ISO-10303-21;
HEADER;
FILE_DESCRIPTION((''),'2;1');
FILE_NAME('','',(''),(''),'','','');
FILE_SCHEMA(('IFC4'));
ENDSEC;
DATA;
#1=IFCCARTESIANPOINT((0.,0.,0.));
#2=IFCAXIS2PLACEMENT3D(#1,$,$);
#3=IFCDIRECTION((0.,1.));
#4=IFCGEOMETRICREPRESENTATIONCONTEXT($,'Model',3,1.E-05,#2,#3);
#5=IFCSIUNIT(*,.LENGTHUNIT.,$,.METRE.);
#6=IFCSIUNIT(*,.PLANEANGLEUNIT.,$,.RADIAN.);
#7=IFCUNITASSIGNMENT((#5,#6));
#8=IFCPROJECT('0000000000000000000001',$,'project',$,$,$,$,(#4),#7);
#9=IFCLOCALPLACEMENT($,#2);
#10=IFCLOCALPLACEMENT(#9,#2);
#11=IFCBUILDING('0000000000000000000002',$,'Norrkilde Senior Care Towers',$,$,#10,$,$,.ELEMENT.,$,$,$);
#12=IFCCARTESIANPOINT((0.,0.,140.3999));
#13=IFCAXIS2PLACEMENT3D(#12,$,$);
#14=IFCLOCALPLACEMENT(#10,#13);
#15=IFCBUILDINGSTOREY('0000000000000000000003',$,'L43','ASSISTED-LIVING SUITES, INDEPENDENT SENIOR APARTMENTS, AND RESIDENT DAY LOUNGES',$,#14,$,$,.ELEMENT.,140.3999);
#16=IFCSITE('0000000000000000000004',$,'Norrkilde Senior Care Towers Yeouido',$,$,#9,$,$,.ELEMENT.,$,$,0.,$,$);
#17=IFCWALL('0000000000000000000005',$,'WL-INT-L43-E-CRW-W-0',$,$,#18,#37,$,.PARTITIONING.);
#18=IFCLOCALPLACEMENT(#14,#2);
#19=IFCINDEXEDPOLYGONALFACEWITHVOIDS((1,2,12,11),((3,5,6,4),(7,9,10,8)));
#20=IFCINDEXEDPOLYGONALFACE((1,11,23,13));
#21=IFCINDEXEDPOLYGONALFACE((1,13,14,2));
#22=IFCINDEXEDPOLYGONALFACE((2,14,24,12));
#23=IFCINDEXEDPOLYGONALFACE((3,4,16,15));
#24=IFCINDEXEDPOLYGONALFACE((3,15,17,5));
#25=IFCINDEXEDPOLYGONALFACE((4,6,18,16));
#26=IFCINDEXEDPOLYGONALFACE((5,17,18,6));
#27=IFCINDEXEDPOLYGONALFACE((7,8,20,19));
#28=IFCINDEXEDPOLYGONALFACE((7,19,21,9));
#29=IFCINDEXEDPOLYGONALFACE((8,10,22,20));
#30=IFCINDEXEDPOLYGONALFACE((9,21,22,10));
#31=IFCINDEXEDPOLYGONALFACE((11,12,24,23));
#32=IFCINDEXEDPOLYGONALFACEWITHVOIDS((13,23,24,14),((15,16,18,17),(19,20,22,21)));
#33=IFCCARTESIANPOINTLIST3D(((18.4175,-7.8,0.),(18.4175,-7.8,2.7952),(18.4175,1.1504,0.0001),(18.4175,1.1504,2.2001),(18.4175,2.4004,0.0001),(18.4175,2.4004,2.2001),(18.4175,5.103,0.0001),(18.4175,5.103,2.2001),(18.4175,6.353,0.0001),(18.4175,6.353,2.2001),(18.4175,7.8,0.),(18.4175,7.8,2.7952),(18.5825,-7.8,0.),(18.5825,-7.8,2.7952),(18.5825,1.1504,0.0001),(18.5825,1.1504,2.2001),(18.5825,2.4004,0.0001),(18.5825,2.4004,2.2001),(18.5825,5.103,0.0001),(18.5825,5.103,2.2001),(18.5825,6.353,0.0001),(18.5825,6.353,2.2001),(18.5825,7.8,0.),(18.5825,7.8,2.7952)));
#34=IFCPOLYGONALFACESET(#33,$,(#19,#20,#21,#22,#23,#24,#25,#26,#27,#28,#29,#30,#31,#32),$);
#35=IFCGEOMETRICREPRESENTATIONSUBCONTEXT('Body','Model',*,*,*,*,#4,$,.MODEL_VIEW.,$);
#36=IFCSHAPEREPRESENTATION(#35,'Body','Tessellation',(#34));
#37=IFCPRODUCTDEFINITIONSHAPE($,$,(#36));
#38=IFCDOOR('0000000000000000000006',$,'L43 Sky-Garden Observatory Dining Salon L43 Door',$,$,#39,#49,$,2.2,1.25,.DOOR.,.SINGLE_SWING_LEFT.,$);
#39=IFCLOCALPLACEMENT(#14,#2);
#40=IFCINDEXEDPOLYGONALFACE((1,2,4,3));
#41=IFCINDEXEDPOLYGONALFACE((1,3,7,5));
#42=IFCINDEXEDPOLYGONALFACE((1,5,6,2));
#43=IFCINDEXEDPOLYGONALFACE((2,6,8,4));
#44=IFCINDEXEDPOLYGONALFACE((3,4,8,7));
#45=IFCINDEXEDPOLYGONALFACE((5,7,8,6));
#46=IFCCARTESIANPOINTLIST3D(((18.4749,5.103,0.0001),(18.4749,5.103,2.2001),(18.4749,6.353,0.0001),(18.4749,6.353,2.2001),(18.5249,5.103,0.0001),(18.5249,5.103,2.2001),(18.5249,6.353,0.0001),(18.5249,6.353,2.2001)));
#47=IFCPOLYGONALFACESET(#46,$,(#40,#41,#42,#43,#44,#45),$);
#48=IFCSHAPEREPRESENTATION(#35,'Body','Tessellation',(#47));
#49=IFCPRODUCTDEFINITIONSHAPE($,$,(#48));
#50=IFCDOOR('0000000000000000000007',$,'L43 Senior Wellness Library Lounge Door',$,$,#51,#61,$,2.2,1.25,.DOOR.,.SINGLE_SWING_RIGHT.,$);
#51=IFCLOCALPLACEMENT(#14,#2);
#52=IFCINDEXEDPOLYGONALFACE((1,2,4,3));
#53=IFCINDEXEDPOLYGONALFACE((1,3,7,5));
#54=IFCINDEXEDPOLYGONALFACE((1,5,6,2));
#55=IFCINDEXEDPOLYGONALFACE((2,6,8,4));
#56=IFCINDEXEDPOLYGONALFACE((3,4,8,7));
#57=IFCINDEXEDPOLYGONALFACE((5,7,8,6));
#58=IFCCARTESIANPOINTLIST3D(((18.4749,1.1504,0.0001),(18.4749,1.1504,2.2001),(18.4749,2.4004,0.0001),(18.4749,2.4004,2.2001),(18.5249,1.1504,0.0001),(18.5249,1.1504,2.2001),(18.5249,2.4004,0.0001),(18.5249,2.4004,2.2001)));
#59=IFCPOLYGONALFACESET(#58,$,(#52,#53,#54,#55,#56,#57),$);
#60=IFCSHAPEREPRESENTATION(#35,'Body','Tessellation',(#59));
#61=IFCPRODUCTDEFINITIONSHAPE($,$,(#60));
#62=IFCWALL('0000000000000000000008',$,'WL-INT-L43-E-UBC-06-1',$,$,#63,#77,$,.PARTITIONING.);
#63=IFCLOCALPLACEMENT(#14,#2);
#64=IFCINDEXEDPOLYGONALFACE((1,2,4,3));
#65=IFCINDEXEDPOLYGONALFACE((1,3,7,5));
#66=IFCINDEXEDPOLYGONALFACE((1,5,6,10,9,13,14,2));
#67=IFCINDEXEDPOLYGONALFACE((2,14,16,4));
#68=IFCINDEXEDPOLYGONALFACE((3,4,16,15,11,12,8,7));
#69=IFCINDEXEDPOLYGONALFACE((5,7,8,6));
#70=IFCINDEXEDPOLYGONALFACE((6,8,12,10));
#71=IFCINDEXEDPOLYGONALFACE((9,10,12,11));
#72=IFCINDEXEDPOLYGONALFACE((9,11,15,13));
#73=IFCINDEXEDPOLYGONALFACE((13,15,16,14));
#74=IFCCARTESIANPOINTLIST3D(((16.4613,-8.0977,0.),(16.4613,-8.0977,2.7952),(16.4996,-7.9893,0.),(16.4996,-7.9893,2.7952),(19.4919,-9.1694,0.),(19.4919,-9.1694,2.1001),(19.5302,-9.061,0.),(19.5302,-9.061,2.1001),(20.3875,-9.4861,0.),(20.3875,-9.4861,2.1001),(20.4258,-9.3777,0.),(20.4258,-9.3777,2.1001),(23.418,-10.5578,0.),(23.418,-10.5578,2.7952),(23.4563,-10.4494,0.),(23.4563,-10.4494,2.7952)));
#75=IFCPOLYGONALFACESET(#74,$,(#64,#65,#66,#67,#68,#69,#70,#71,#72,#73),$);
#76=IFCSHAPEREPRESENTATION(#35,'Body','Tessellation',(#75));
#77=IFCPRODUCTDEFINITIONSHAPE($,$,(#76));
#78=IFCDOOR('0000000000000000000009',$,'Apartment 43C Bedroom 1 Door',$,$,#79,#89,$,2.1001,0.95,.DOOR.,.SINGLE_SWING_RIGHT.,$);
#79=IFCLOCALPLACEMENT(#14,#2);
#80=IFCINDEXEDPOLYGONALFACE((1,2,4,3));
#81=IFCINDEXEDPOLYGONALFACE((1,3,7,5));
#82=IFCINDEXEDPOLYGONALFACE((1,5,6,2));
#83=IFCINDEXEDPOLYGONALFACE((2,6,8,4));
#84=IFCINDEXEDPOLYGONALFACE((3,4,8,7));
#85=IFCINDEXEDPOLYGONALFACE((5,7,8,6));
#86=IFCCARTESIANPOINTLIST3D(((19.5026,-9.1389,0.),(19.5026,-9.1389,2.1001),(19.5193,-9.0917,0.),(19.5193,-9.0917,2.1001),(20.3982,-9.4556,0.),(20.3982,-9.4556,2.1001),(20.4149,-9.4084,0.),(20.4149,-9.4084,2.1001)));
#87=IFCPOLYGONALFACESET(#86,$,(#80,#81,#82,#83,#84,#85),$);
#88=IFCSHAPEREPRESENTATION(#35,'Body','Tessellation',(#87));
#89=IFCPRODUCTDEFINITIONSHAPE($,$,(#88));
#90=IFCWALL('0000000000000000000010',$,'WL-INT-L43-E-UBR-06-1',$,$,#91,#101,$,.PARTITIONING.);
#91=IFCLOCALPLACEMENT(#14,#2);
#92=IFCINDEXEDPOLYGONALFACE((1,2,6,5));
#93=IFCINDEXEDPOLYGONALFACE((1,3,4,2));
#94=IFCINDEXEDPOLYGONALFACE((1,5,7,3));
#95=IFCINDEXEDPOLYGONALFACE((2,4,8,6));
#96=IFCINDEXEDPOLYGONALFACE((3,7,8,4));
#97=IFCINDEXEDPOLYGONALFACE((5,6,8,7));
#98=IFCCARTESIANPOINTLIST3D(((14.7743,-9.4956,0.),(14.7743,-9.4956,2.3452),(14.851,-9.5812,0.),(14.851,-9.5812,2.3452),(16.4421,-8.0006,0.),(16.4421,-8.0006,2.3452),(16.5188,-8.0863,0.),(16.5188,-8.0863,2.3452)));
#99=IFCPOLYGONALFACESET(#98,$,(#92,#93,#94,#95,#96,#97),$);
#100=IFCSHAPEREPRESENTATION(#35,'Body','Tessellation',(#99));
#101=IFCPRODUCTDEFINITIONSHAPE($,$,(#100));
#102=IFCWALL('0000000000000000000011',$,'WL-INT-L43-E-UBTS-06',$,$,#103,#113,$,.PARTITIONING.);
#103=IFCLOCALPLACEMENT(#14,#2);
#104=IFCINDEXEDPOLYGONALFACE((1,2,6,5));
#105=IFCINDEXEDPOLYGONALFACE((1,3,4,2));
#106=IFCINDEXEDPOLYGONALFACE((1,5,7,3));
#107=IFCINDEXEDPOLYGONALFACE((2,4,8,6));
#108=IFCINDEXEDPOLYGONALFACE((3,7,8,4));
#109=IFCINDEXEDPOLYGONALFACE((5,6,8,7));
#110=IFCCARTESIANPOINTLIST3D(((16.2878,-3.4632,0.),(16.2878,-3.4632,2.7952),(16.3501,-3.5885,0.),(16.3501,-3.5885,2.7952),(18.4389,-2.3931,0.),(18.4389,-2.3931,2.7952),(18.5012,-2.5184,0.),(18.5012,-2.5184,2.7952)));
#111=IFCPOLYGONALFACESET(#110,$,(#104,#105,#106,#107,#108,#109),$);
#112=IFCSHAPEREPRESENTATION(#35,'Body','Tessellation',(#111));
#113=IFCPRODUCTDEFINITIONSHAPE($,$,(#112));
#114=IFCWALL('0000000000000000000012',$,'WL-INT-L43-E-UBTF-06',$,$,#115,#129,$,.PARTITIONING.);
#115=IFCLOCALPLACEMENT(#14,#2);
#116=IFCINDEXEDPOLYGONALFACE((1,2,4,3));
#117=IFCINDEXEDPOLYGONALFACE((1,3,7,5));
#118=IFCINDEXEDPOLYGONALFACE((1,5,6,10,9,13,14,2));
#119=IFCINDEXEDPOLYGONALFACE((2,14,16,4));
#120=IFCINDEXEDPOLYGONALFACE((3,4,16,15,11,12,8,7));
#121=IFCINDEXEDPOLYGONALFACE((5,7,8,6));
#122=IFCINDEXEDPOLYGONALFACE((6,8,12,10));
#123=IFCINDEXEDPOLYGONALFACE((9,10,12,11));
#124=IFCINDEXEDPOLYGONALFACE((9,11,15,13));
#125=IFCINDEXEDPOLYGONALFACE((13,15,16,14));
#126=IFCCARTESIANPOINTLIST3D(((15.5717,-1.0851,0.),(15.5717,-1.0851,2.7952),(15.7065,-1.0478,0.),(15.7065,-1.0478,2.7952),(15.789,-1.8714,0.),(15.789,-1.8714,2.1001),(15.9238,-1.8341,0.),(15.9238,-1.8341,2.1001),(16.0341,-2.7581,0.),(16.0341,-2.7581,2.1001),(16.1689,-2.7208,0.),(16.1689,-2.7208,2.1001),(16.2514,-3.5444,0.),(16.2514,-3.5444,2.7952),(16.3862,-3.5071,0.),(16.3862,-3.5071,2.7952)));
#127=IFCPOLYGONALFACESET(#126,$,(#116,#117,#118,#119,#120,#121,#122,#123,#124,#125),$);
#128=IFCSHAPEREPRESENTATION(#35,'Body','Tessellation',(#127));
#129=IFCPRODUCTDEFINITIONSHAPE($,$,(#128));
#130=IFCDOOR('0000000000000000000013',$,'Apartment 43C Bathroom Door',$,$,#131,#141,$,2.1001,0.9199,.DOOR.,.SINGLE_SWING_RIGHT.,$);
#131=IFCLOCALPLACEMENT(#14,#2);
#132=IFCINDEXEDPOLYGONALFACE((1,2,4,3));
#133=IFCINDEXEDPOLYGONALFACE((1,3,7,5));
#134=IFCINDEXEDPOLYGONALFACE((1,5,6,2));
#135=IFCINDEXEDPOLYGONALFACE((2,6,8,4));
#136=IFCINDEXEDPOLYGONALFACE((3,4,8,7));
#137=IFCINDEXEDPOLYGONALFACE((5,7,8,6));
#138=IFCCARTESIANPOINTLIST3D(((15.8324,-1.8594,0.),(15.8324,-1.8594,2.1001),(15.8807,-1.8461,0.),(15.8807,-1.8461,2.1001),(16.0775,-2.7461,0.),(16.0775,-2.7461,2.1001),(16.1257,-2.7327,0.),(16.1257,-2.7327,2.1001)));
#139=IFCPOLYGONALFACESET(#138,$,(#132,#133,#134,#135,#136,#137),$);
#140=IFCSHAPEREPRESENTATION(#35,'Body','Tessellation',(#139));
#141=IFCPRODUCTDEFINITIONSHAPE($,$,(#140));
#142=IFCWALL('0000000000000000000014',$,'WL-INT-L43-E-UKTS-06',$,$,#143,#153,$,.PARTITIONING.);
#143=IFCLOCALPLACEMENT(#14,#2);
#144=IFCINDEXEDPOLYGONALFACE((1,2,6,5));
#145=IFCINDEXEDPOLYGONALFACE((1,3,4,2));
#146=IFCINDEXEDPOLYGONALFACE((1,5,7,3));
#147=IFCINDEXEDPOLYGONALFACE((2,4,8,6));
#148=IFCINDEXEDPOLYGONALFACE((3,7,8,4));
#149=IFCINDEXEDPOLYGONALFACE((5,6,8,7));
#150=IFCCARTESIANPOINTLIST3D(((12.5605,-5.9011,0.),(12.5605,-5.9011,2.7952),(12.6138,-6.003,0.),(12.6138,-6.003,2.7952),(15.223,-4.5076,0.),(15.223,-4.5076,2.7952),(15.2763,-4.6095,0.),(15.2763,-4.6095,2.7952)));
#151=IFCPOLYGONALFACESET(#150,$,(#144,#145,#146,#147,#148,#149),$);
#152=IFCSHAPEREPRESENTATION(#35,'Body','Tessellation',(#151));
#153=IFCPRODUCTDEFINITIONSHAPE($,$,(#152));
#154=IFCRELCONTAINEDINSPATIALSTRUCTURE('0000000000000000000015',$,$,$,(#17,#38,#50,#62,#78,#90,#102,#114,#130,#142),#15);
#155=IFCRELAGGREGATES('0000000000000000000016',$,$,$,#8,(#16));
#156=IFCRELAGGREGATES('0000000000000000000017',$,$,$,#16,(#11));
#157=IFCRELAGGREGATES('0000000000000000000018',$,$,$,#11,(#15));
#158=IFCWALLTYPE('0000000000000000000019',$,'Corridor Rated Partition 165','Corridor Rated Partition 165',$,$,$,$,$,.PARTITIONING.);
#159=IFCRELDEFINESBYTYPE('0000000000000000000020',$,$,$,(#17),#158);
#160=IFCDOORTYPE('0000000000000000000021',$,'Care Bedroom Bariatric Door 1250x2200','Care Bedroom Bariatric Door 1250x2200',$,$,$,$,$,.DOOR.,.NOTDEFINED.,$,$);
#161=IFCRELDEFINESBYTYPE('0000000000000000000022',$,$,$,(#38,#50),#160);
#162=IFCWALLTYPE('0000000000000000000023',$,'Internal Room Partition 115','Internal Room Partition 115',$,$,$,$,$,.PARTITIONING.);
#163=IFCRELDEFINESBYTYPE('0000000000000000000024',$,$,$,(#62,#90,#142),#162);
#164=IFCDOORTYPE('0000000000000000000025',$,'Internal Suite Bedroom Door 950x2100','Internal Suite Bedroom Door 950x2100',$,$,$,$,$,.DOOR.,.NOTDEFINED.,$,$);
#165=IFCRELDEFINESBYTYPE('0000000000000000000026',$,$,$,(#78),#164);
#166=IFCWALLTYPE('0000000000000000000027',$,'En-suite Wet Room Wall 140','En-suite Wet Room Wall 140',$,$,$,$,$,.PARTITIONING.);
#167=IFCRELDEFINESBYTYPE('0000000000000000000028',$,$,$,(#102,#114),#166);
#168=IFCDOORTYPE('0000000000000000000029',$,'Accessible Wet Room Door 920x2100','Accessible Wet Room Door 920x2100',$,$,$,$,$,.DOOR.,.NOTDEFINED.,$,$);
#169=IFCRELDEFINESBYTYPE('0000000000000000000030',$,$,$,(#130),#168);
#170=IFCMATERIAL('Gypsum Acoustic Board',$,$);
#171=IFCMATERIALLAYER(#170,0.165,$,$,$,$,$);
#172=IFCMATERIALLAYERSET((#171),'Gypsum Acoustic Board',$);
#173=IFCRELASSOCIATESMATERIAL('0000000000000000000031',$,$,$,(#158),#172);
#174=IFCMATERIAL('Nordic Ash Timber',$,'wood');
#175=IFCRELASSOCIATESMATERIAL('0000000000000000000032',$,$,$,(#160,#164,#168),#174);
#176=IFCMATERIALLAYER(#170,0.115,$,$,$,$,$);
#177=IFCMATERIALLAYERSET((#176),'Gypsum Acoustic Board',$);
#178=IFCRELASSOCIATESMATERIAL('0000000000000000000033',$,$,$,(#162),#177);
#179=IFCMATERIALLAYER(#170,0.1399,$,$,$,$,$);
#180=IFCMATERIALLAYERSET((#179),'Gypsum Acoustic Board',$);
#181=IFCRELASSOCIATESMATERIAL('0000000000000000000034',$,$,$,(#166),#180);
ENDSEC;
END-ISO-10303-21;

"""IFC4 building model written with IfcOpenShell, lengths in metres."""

from ifc_helpers import new_model, si_unit, direction, frame, frame_2d, origin, place, context, subcontext, project, spatial, rectangle, extrude, source, transform, mapped, material, layer, layer_set, type_object, type_shapes, element, fill, save


model = new_model("IFC4")

# Units and contexts
model_context = context("Model", 3, precision=1e-05, world=origin(), true_north=direction((0.0, 1.0)))
body_context = subcontext(model_context, "Body", "Model", "MODEL_VIEW")
ifc_project = project(units=[si_unit("LENGTHUNIT", "METRE"), si_unit("PLANEANGLEUNIT", "RADIAN")], contexts=[model_context])

# Site, building, storey
site_placement = place(None, origin())
site = spatial("IfcSite", under=ifc_project, at=site_placement, Name="Norrkilde Senior Care Towers Yeouido", CompositionType="ELEMENT", RefElevation=0.0)
building_placement = place(site_placement, origin())
building = spatial("IfcBuilding", under=site, at=building_placement, Name="Norrkilde Senior Care Towers", CompositionType="ELEMENT")
storey_placement = place(building_placement, frame((0.0, 0.0, 140.3999)))
storey = spatial("IfcBuildingStorey", under=building, at=storey_placement, Name="L43", Description="ASSISTED-LIVING SUITES, INDEPENDENT SENIOR APARTMENTS, AND RESIDENT DAY LOUNGES", CompositionType="ELEMENT", Elevation=140.3999)

# Wall, openings, doors
ifc_material_1 = material(Name="Gypsum Acoustic Board")
ifc_layer_1 = layer(ifc_material_1, 0.165)
ifc_layer_set_1 = layer_set([ifc_layer_1], Name="Gypsum Acoustic Board")
wall_type_1 = type_object("IfcWallType", Name="Corridor Rated Partition 165", Description="Corridor Rated Partition 165", PredefinedType="PARTITIONING", material=ifc_layer_set_1)
shared_shape_1 = source(origin(), body_context, "Body", "SweptSolid", [
    extrude(rectangle(XDim=15.6001, YDim=0.165, at=frame_2d((7.8, 0.0))), origin(), (0.0, 0.0, 1.0), 2.7952),
])
type_shapes(wall_type_1, [shared_shape_1])
wall_1_placement = place(storey_placement, frame((18.5, -7.8, 0.0), z_axis=(0.0, 0.0, 1.0), x_axis=(0.0, 1.0, 0.0)))
wall_1 = element("IfcWall", 1, at=wall_1_placement, inside=storey, type_object=wall_type_1, Name="WL-INT-L43-E-CRW-W-0", PredefinedType="PARTITIONING", context=body_context, shape_type="MappedRepresentation", body=[
    mapped(shared_shape_1, transform((0.0, 0.0, 0.0), x_axis=(1.0, 0.0, 0.0), y_axis=(0.0, 1.0, 0.0), z_axis=(0.0, 0.0, 1.0), scale=1.0)),
])
opening_1_placement = place(wall_1_placement, frame((12.9031, 0.0, 0.0)))
opening_1 = element("IfcOpeningElement", 2, at=opening_1_placement, cuts=wall_1, PredefinedType="OPENING", context=body_context, shape_type="SweptSolid", body=[
    extrude(rectangle(XDim=1.25, YDim=2.2, at=frame_2d((0.625, 1.1001))), frame((0.0, 0.0925, 0.0), z_axis=(0.0, -1.0, 0.0), x_axis=(1.0, 0.0, 0.0)), (0.0, 0.0, 1.0), 0.1851),
])
opening_2_placement = place(wall_1_placement, frame((8.9504, 0.0, 0.0)))
opening_2 = element("IfcOpeningElement", 3, at=opening_2_placement, cuts=wall_1, PredefinedType="OPENING", context=body_context, shape_type="SweptSolid", body=[
    extrude(rectangle(XDim=1.25, YDim=2.2, at=frame_2d((0.625, 1.1001))), frame((0.0, 0.0925, 0.0), z_axis=(0.0, -1.0, 0.0), x_axis=(1.0, 0.0, 0.0)), (0.0, 0.0, 1.0), 0.1851),
])
ifc_material_2 = material(Name="Nordic Ash Timber", Category="wood")
door_type_1 = type_object("IfcDoorType", Name="Care Bedroom Bariatric Door 1250x2200", Description="Care Bedroom Bariatric Door 1250x2200", OperationType="NOTDEFINED", PredefinedType="DOOR", material=ifc_material_2)
shared_shape_2 = source(origin(), body_context, "Body", "SweptSolid", [
    extrude(rectangle(XDim=1.25, YDim=2.2, at=frame_2d((0.625, 1.1001))), frame((0.0, 0.0249, 0.0), z_axis=(0.0, -1.0, 0.0), x_axis=(1.0, 0.0, 0.0)), (0.0, 0.0, 1.0), 0.05),
])
type_shapes(door_type_1, [shared_shape_2])
door_1_placement = place(opening_1_placement, frame((1.25, 0.0, 0.0), z_axis=(0.0, 0.0, 1.0), x_axis=(-1.0, 0.0, 0.0)))
door_1 = element("IfcDoor", 4, at=door_1_placement, inside=storey, type_object=door_type_1, Name="L43 Sky-Garden Observatory Dining Salon L43 Door", OperationType="SINGLE_SWING_LEFT", OverallHeight=2.2, OverallWidth=1.25, PredefinedType="DOOR", context=body_context, shape_type="MappedRepresentation", body=[
    mapped(shared_shape_2, transform((0.0, 0.0, 0.0), x_axis=(1.0, 0.0, 0.0), y_axis=(0.0, 1.0, 0.0), z_axis=(0.0, 0.0, 1.0), scale=1.0)),
])
fill(opening_1, door_1)
door_2_placement = place(opening_2_placement, frame((1.25, 0.0, 0.0), z_axis=(0.0, 0.0, 1.0), x_axis=(-1.0, 0.0, 0.0)))
door_2 = element("IfcDoor", 5, at=door_2_placement, inside=storey, type_object=door_type_1, Name="L43 Senior Wellness Library Lounge Door", OperationType="SINGLE_SWING_RIGHT", OverallHeight=2.2, OverallWidth=1.25, PredefinedType="DOOR", context=body_context, shape_type="MappedRepresentation", body=[
    mapped(shared_shape_2, transform((0.0, 0.0, 0.0), x_axis=(1.0, 0.0, 0.0), y_axis=(0.0, 1.0, 0.0), z_axis=(0.0, 0.0, 1.0), scale=1.0)),
])
fill(opening_2, door_2)

# Wall, opening, door
ifc_layer_2 = layer(ifc_material_1, 0.115)
ifc_layer_set_2 = layer_set([ifc_layer_2], Name="Gypsum Acoustic Board")
wall_type_2 = type_object("IfcWallType", Name="Internal Room Partition 115", Description="Internal Room Partition 115", PredefinedType="PARTITIONING", material=ifc_layer_set_2)
shared_shape_3 = source(origin(), body_context, "Body", "SweptSolid", [
    extrude(rectangle(XDim=7.3789, YDim=0.115, at=frame_2d((3.6895, 0.0))), origin(), (0.0, 0.0, 1.0), 2.7952),
])
wall_2_placement = place(storey_placement, frame((16.4805, -8.0435, 0.0), z_axis=(0.0, 0.0, 1.0), x_axis=(0.942783, -0.333407, 0.0)))
wall_2 = element("IfcWall", 6, at=wall_2_placement, inside=storey, type_object=wall_type_2, Name="WL-INT-L43-E-UBC-06-1", PredefinedType="PARTITIONING", context=body_context, shape_type="MappedRepresentation", body=[
    mapped(shared_shape_3, transform((0.0, 0.0, 0.0), x_axis=(1.0, 0.0, 0.0), y_axis=(0.0, 1.0, 0.0), z_axis=(0.0, 0.0, 1.0), scale=1.0)),
])
opening_3_placement = place(wall_2_placement, frame((3.2144, 0.0, 0.0)))
opening_3 = element("IfcOpeningElement", 7, at=opening_3_placement, cuts=wall_2, PredefinedType="OPENING", context=body_context, shape_type="SweptSolid", body=[
    extrude(rectangle(XDim=0.95, YDim=2.1001, at=frame_2d((0.4751, 1.05))), frame((0.0, 0.0674, 0.0), z_axis=(0.0, -1.0, 0.0), x_axis=(1.0, 0.0, 0.0)), (0.0, 0.0, 1.0), 0.135),
])
door_type_2 = type_object("IfcDoorType", Name="Internal Suite Bedroom Door 950x2100", Description="Internal Suite Bedroom Door 950x2100", OperationType="NOTDEFINED", PredefinedType="DOOR", material=ifc_material_2)
shared_shape_4 = source(origin(), body_context, "Body", "SweptSolid", [
    extrude(rectangle(XDim=0.95, YDim=2.1001, at=frame_2d((0.4751, 1.05))), frame((0.0, 0.0249, 0.0), z_axis=(0.0, -1.0, 0.0), x_axis=(1.0, 0.0, 0.0)), (0.0, 0.0, 1.0), 0.05),
])
type_shapes(door_type_2, [shared_shape_4])
door_3_placement = place(opening_3_placement, origin())
door_3 = element("IfcDoor", 8, at=door_3_placement, inside=storey, type_object=door_type_2, Name="Apartment 43C Bedroom 1 Door", OperationType="SINGLE_SWING_RIGHT", OverallHeight=2.1001, OverallWidth=0.95, PredefinedType="DOOR", context=body_context, shape_type="MappedRepresentation", body=[
    mapped(shared_shape_4, transform((0.0, 0.0, 0.0), x_axis=(1.0, 0.0, 0.0), y_axis=(0.0, 1.0, 0.0), z_axis=(0.0, 0.0, 1.0), scale=1.0)),
])
fill(opening_3, door_3)

# Walls
shared_shape_5 = source(origin(), body_context, "Body", "SweptSolid", [
    extrude(rectangle(XDim=2.2397, YDim=0.115, at=frame_2d((1.1199, 0.0))), origin(), (0.0, 0.0, 1.0), 2.3452),
])
wall_3_placement = place(storey_placement, frame((16.4805, -8.0435, 0.0), z_axis=(0.0, 0.0, 1.0), x_axis=(-0.744642, -0.667464, 0.0)))
element("IfcWall", 9, at=wall_3_placement, inside=storey, type_object=wall_type_2, Name="WL-INT-L43-E-UBR-06-1", PredefinedType="PARTITIONING", context=body_context, shape_type="MappedRepresentation", body=[
    mapped(shared_shape_5, transform((0.0, 0.0, 0.0), x_axis=(1.0, 0.0, 0.0), y_axis=(0.0, 1.0, 0.0), z_axis=(0.0, 0.0, 1.0), scale=1.0)),
])
ifc_layer_3 = layer(ifc_material_1, 0.1399)
ifc_layer_set_3 = layer_set([ifc_layer_3], Name="Gypsum Acoustic Board")
wall_type_3 = type_object("IfcWallType", Name="En-suite Wet Room Wall 140", Description="En-suite Wet Room Wall 140", PredefinedType="PARTITIONING", material=ifc_layer_set_3)
shared_shape_6 = source(origin(), body_context, "Body", "SweptSolid", [
    extrude(rectangle(XDim=2.4026, YDim=0.1399, at=frame_2d((1.2012, 0.0))), origin(), (0.0, 0.0, 1.0), 2.7952),
])
wall_4_placement = place(storey_placement, frame((18.47, -2.4558, 0.0), z_axis=(0.0, 0.0, 1.0), x_axis=(-0.89534, -0.445384, 0.0)))
element("IfcWall", 10, at=wall_4_placement, inside=storey, type_object=wall_type_3, Name="WL-INT-L43-E-UBTS-06", PredefinedType="PARTITIONING", context=body_context, shape_type="MappedRepresentation", body=[
    mapped(shared_shape_6, transform((0.0, 0.0, 0.0), x_axis=(1.0, 0.0, 0.0), y_axis=(0.0, 1.0, 0.0), z_axis=(0.0, 0.0, 1.0), scale=1.0)),
])

# Wall, opening, door
shared_shape_7 = source(origin(), body_context, "Body", "SweptSolid", [
    extrude(rectangle(XDim=2.5515, YDim=0.1399, at=frame_2d((1.2759, 0.0))), origin(), (0.0, 0.0, 1.0), 2.7952),
])
type_shapes(wall_type_3, [shared_shape_6, shared_shape_7])
wall_5_placement = place(storey_placement, frame((16.3188, -3.5259, 0.0), z_axis=(0.0, 0.0, 1.0), x_axis=(-0.266395, 0.963864, 0.0)))
wall_5 = element("IfcWall", 11, at=wall_5_placement, inside=storey, type_object=wall_type_3, Name="WL-INT-L43-E-UBTF-06", PredefinedType="PARTITIONING", context=body_context, shape_type="MappedRepresentation", body=[
    mapped(shared_shape_7, transform((0.0, 0.0, 0.0), x_axis=(1.0, 0.0, 0.0), y_axis=(0.0, 1.0, 0.0), z_axis=(0.0, 0.0, 1.0), scale=1.0)),
])
opening_4_placement = place(wall_5_placement, frame((0.8159, 0.0, 0.0)))
opening_4 = element("IfcOpeningElement", 12, at=opening_4_placement, cuts=wall_5, PredefinedType="OPENING", context=body_context, shape_type="SweptSolid", body=[
    extrude(rectangle(XDim=0.9199, YDim=2.1001, at=frame_2d((0.46, 1.05))), frame((0.0, 0.0798, 0.0), z_axis=(0.0, -1.0, 0.0), x_axis=(1.0, 0.0, 0.0)), (0.0, 0.0, 1.0), 0.1599),
])
door_type_3 = type_object("IfcDoorType", Name="Accessible Wet Room Door 920x2100", Description="Accessible Wet Room Door 920x2100", OperationType="NOTDEFINED", PredefinedType="DOOR", material=ifc_material_2)
shared_shape_8 = source(origin(), body_context, "Body", "SweptSolid", [
    extrude(rectangle(XDim=0.9199, YDim=2.1001, at=frame_2d((0.46, 1.05))), frame((0.0, 0.0249, 0.0), z_axis=(0.0, -1.0, 0.0), x_axis=(1.0, 0.0, 0.0)), (0.0, 0.0, 1.0), 0.05),
])
type_shapes(door_type_3, [shared_shape_8])
door_4_placement = place(opening_4_placement, origin())
door_4 = element("IfcDoor", 13, at=door_4_placement, inside=storey, type_object=door_type_3, Name="Apartment 43C Bathroom Door", OperationType="SINGLE_SWING_RIGHT", OverallHeight=2.1001, OverallWidth=0.9199, PredefinedType="DOOR", context=body_context, shape_type="MappedRepresentation", body=[
    mapped(shared_shape_8, transform((0.0, 0.0, 0.0), x_axis=(1.0, 0.0, 0.0), y_axis=(0.0, 1.0, 0.0), z_axis=(0.0, 0.0, 1.0), scale=1.0)),
])
fill(opening_4, door_4)

# Wall
shared_shape_9 = source(origin(), body_context, "Body", "SweptSolid", [
    extrude(rectangle(XDim=3.0051, YDim=0.115, at=frame_2d((1.5024, 0.0))), origin(), (0.0, 0.0, 1.0), 2.7952),
])
wall_6_placement = place(storey_placement, frame((15.2495, -4.5586, 0.0), z_axis=(0.0, 0.0, 1.0), x_axis=(-0.885987, -0.463709, 0.0)))
element("IfcWall", 14, at=wall_6_placement, inside=storey, type_object=wall_type_2, Name="WL-INT-L43-E-UKTS-06", PredefinedType="PARTITIONING", context=body_context, shape_type="MappedRepresentation", body=[
    mapped(shared_shape_9, transform((0.0, 0.0, 0.0), x_axis=(1.0, 0.0, 0.0), y_axis=(0.0, 1.0, 0.0), z_axis=(0.0, 0.0, 1.0), scale=1.0)),
])

save(model, "model.ifc")
